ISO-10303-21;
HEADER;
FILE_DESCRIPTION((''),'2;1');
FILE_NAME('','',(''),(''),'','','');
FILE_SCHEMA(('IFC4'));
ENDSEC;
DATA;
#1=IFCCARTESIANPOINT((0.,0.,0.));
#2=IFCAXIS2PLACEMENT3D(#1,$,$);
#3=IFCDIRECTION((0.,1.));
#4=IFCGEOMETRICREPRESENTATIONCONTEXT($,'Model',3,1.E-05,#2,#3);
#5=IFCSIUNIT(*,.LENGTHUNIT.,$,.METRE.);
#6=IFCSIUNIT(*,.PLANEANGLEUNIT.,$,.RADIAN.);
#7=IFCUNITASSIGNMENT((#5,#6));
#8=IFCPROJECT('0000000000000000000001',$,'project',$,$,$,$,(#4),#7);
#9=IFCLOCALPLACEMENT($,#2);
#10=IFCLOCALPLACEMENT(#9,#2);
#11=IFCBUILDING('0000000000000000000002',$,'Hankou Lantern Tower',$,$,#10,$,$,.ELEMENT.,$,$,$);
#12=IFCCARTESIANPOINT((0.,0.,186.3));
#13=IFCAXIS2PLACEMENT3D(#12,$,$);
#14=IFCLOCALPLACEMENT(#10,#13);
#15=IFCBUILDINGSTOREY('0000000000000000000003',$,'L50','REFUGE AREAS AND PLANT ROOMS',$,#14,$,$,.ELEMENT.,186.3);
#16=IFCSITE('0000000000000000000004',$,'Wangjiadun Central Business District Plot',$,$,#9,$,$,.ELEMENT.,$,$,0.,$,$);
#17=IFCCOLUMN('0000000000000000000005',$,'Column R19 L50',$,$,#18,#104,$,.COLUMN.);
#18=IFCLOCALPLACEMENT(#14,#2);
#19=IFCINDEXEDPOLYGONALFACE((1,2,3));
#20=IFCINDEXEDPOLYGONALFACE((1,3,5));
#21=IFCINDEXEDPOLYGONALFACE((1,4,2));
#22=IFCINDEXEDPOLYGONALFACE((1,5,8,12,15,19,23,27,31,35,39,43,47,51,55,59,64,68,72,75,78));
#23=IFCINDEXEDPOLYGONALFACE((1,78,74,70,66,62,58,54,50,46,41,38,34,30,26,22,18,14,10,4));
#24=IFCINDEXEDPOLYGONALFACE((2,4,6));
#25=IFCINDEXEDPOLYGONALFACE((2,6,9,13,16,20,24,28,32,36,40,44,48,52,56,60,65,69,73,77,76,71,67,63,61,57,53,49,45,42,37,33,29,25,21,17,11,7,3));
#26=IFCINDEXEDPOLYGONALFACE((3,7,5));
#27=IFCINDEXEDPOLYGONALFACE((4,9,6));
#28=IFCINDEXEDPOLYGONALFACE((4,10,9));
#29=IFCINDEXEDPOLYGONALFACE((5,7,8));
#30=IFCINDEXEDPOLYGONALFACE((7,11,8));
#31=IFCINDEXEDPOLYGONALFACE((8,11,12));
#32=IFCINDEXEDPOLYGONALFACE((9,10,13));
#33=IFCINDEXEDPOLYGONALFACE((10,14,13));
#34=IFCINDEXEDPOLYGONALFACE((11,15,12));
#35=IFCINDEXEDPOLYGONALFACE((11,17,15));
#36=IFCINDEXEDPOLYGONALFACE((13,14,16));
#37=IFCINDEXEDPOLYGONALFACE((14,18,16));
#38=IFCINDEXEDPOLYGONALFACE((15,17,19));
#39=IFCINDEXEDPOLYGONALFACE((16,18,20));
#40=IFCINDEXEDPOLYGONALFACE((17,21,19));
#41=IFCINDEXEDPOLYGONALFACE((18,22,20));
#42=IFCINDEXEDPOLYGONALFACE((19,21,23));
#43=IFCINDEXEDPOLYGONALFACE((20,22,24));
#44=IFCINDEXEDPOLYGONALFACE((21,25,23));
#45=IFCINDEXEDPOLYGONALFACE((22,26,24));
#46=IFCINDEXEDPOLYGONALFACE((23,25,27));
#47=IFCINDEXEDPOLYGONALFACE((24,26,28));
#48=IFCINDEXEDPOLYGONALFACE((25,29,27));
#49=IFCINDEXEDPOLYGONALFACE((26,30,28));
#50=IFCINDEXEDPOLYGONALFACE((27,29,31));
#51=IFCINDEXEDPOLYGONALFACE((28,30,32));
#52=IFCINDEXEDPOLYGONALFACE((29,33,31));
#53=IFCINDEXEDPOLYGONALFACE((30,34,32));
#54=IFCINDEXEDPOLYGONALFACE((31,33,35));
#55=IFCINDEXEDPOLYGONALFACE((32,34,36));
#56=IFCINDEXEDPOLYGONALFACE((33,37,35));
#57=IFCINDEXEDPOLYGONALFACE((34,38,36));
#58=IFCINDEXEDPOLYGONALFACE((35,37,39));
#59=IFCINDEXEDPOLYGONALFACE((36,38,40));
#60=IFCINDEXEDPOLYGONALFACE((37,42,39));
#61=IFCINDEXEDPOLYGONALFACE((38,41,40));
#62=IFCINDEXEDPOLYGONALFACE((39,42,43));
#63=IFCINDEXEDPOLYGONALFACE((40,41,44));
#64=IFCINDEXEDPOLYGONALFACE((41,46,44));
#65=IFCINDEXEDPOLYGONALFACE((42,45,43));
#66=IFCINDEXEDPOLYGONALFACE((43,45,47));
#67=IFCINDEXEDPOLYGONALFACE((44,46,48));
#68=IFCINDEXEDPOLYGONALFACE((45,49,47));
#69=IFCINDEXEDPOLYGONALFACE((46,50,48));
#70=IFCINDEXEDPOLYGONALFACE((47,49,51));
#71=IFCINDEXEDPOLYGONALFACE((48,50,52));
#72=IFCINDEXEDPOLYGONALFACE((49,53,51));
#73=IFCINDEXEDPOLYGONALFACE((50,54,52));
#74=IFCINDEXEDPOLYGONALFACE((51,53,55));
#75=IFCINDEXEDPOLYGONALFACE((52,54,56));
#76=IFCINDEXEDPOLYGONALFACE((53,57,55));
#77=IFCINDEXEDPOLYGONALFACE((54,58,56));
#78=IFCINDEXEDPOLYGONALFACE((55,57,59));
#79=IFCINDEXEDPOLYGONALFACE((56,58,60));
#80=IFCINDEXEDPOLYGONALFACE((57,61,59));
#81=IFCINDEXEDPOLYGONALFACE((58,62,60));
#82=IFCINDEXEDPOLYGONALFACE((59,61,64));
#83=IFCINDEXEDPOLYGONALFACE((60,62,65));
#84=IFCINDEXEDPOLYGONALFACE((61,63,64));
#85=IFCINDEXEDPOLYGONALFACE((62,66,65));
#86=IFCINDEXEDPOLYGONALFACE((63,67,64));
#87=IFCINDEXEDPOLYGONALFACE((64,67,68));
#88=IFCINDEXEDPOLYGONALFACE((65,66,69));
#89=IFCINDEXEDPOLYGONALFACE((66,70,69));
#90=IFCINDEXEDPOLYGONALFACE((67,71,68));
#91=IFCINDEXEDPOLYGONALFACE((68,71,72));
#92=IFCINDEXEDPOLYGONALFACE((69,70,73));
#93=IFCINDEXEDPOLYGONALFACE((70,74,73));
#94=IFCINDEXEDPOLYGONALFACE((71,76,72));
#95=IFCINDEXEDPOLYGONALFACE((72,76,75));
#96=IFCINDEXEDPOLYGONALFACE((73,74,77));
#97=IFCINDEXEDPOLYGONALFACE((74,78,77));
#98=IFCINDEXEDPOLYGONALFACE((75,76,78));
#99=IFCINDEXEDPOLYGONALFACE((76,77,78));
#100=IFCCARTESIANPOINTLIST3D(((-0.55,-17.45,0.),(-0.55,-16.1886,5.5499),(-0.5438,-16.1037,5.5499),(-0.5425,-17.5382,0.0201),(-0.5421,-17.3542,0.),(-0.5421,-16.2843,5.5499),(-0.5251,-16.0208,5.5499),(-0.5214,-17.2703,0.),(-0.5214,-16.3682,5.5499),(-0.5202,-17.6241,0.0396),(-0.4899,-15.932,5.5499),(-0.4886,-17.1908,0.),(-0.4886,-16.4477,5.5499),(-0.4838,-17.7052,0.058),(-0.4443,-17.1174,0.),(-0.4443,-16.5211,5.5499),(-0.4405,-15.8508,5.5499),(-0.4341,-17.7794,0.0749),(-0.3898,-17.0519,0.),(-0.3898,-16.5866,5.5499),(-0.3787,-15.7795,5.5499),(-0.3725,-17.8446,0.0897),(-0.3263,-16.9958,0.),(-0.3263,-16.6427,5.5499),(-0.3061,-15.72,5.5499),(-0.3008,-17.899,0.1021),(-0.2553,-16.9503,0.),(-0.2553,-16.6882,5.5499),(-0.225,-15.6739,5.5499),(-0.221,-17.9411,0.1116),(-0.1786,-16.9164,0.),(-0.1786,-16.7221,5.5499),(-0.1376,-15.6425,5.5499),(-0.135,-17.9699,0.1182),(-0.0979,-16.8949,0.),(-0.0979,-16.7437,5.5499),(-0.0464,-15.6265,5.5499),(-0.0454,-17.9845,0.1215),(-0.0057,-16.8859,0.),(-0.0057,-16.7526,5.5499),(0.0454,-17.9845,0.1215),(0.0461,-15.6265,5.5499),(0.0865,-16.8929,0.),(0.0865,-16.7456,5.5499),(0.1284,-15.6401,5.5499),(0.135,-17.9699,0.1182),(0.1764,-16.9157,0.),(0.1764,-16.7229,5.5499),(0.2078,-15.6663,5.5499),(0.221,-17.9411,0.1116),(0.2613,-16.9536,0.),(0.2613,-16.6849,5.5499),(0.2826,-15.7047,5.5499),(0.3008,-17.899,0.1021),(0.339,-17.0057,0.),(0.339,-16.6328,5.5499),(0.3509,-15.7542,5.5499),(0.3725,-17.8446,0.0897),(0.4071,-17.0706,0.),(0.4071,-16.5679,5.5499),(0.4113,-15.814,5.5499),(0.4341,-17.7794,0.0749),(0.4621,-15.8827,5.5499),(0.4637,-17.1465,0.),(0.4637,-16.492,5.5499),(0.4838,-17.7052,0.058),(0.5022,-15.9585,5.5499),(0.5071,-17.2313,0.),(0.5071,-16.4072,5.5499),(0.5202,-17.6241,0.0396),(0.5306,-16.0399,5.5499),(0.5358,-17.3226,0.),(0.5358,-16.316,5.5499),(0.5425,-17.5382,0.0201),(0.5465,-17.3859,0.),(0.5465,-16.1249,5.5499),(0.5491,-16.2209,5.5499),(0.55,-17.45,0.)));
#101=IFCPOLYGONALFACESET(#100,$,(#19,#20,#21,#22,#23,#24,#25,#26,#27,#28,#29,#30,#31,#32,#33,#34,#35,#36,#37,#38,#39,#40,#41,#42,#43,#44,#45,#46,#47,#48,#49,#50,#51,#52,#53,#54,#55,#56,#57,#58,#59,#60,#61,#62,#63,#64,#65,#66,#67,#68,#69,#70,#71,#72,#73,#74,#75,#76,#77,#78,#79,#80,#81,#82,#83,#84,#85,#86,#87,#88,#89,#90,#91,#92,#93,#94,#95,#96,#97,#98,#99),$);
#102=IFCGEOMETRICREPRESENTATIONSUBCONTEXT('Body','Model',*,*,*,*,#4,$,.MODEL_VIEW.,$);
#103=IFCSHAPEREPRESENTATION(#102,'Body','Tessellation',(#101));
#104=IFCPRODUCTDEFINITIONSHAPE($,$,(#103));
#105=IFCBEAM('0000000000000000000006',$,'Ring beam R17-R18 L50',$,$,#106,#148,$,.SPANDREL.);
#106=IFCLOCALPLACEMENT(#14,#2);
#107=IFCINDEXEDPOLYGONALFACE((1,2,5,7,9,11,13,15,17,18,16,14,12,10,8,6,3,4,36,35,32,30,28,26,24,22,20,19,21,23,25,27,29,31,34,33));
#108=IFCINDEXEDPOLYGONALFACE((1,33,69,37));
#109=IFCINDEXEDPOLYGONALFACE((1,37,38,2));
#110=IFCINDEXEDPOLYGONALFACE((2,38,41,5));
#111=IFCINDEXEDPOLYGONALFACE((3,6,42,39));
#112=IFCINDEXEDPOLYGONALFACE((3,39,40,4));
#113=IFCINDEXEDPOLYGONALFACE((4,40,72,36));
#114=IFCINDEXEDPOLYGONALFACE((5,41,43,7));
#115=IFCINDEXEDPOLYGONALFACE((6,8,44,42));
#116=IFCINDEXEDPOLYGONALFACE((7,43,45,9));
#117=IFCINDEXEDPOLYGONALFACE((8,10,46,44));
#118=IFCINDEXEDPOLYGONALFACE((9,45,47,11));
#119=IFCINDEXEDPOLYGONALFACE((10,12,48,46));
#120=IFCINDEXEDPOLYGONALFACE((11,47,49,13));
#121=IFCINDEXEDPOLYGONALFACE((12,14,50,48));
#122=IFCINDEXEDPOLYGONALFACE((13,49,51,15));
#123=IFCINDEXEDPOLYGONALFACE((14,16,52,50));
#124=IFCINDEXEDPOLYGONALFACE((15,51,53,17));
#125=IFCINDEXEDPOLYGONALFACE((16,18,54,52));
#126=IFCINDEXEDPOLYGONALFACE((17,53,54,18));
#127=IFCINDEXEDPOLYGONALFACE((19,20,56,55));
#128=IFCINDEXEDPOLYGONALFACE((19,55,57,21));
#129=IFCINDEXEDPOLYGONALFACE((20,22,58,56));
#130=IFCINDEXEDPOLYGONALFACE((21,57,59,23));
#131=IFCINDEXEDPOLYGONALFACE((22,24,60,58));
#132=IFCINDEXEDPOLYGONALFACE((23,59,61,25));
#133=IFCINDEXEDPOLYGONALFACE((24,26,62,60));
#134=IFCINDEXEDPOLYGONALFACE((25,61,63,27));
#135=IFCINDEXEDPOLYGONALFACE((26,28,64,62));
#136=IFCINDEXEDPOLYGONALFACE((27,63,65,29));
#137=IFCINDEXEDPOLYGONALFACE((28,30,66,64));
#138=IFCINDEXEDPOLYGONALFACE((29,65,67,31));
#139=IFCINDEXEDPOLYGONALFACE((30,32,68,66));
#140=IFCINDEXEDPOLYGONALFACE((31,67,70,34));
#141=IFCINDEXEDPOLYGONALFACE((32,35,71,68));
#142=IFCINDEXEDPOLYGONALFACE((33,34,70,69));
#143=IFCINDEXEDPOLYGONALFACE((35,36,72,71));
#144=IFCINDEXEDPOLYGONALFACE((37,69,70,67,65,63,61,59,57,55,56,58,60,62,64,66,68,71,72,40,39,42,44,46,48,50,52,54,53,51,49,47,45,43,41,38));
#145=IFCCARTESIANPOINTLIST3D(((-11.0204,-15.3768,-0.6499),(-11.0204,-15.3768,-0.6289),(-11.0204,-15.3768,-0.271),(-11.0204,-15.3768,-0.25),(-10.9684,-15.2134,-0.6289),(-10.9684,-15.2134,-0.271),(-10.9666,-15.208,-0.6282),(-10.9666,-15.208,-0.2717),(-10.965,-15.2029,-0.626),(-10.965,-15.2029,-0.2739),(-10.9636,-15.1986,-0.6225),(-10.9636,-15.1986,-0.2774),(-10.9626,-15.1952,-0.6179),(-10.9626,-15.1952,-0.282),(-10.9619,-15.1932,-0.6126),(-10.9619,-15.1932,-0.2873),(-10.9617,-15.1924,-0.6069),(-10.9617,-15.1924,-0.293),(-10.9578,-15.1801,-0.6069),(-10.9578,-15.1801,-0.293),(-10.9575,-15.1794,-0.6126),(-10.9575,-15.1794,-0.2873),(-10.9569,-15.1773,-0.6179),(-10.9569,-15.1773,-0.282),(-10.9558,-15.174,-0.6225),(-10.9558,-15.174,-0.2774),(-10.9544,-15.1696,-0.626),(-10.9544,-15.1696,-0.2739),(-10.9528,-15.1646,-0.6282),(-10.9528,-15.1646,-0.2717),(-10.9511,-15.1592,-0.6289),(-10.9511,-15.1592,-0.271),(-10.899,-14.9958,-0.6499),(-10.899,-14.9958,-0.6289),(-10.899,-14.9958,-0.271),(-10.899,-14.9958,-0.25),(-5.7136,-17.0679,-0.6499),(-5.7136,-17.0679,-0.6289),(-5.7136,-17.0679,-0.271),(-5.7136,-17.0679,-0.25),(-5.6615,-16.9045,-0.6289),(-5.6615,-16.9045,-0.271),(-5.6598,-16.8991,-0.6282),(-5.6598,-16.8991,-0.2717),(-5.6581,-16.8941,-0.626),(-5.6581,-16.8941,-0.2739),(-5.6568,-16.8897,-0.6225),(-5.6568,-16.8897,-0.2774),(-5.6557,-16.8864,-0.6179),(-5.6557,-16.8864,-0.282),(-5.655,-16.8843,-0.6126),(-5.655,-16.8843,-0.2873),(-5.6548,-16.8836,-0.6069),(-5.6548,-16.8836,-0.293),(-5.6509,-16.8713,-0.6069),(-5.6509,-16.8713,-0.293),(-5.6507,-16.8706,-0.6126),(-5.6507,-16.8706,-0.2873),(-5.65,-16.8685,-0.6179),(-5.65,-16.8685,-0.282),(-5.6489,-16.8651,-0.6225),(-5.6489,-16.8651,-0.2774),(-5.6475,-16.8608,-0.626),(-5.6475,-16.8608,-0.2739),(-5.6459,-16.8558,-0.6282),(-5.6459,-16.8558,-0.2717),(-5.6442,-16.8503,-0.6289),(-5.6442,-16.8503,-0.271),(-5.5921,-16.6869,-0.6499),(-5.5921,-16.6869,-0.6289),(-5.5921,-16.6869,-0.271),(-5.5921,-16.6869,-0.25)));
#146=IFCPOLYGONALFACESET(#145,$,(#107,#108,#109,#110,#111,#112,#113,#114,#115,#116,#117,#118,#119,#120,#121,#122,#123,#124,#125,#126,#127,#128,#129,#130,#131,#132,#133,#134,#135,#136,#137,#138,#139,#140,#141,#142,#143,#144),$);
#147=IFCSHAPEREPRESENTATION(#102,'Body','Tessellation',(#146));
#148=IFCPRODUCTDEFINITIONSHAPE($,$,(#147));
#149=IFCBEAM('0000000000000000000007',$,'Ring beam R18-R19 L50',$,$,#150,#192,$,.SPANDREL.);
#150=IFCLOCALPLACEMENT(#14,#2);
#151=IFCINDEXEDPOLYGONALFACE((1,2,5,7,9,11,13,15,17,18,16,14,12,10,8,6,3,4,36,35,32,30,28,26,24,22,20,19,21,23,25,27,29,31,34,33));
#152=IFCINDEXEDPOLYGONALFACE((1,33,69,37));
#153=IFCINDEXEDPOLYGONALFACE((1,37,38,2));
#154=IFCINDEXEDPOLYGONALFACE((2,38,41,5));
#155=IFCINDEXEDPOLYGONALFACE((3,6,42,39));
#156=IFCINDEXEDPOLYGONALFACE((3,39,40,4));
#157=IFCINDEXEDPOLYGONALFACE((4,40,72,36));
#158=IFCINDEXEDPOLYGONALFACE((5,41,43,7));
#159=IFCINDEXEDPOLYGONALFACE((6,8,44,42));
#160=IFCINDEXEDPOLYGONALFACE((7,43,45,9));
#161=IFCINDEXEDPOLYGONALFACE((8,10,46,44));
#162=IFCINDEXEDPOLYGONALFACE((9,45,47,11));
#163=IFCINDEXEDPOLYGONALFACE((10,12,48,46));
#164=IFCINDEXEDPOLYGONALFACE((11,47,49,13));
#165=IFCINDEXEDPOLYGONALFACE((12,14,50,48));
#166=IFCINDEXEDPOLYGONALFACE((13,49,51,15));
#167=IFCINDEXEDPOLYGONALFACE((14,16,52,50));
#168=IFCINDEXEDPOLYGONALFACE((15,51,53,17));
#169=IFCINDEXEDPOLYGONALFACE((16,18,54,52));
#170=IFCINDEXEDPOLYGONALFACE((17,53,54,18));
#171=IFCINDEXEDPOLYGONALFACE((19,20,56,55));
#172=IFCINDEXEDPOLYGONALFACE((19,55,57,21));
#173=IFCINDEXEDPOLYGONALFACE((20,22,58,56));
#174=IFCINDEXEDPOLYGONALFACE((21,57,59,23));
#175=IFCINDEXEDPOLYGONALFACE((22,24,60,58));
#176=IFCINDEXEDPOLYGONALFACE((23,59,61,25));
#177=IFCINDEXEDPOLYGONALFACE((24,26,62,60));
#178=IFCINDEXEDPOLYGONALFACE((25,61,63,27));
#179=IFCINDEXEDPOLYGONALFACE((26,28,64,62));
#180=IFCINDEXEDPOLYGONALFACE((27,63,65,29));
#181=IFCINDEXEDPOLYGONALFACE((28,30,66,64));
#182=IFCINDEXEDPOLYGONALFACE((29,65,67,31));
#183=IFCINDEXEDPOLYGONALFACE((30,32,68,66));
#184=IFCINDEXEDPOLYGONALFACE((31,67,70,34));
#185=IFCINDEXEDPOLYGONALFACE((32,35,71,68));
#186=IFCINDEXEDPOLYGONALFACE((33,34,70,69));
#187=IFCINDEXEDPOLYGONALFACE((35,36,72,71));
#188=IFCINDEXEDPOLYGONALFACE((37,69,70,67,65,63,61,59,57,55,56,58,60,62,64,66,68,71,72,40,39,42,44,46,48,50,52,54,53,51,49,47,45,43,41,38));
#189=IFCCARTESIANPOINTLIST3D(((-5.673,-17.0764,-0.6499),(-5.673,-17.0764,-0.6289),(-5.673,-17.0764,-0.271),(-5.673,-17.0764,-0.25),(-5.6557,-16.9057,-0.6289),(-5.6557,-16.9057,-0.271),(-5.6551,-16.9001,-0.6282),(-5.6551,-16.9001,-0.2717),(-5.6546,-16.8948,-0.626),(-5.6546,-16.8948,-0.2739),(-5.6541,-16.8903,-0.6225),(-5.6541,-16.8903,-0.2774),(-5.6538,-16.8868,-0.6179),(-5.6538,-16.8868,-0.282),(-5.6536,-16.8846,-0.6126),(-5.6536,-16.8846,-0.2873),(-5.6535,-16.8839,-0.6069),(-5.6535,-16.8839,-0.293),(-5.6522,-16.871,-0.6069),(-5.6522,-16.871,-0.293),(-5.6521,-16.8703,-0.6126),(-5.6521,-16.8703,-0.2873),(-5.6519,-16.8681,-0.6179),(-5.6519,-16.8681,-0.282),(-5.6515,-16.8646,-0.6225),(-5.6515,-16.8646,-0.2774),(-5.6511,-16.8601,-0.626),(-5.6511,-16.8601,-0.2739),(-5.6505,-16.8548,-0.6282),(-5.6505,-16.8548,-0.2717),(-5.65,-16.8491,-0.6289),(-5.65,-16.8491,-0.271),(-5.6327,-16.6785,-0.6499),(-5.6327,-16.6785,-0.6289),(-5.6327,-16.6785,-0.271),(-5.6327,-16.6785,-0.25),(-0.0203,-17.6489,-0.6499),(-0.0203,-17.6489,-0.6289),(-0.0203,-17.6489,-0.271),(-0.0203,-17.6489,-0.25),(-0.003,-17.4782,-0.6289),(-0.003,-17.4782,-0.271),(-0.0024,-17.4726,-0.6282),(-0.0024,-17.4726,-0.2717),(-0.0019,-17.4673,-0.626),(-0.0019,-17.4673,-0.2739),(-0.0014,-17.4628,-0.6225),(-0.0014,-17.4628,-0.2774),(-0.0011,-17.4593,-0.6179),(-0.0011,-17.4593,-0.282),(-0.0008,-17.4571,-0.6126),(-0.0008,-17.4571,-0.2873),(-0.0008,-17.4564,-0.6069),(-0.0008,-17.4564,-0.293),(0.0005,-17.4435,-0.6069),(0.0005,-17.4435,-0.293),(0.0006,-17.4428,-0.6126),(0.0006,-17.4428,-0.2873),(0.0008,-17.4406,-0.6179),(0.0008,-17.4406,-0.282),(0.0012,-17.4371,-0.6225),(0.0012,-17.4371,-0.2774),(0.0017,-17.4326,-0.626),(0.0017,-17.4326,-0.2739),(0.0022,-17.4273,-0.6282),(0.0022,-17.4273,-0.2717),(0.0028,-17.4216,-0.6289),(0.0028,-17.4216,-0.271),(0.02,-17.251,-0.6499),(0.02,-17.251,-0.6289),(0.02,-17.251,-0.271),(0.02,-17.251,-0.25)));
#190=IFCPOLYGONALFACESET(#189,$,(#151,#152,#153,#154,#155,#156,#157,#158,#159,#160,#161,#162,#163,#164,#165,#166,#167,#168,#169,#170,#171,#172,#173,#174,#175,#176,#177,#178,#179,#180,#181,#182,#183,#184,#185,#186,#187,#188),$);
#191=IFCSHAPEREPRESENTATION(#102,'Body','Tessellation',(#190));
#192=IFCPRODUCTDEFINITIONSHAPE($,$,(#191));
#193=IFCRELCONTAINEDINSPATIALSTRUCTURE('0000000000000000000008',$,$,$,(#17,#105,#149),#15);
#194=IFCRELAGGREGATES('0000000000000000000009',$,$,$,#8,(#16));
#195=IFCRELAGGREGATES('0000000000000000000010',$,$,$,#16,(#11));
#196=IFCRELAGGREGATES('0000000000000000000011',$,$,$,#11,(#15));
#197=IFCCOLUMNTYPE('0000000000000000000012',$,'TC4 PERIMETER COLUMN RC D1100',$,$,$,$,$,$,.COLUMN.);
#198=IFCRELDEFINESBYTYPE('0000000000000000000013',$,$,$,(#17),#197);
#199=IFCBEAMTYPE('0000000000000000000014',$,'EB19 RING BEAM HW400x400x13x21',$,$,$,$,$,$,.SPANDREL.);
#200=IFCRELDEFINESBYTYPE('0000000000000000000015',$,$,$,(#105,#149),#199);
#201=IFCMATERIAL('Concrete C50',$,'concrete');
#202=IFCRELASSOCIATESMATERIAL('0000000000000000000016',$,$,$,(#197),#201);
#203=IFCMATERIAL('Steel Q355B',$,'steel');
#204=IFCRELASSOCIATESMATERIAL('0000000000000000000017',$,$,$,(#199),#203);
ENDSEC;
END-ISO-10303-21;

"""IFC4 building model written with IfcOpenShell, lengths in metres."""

from ifc_helpers import new_model, si_unit, direction, frame, origin, origin_2d, place, context, subcontext, project, spatial, circle, i_section, extrude, clip, halfspace, material, material_profile, profile_set, type_object, element, save


model = new_model("IFC4")

# Units and contexts
model_context = context("Model", 3, precision=1e-05, world=origin(), true_north=direction((0.0, 1.0)))
body_context = subcontext(model_context, "Body", "Model", "MODEL_VIEW")
ifc_project = project(units=[si_unit("LENGTHUNIT", "METRE"), si_unit("PLANEANGLEUNIT", "RADIAN")], contexts=[model_context])

# Site, building, storey
site_placement = place(None, origin())
site = spatial("IfcSite", under=ifc_project, at=site_placement, Name="Wangjiadun Central Business District Plot", CompositionType="ELEMENT", RefElevation=0.0)
building_placement = place(site_placement, origin())
building = spatial("IfcBuilding", under=site, at=building_placement, Name="Hankou Lantern Tower", CompositionType="ELEMENT")
storey_placement = place(building_placement, frame((0.0, 0.0, 186.3)))
storey = spatial("IfcBuildingStorey", under=building, at=storey_placement, Name="L50", Description="REFUGE AREAS AND PLANT ROOMS", CompositionType="ELEMENT", Elevation=186.3)

# Column
ifc_material_1 = material(Name="Concrete C50", Category="concrete")
ifc_material_profile_1 = material_profile(ifc_material_1, circle(Radius=0.55, at=origin_2d()), Name="RC D1100")
ifc_profile_set_1 = profile_set([ifc_material_profile_1], Name="Concrete C50")
column_type = type_object("IfcColumnType", Name="TC4 PERIMETER COLUMN RC D1100", PredefinedType="COLUMN", material=ifc_profile_set_1)
column_1_placement = place(storey_placement, frame((0.0, -17.45, 0.0), z_axis=(0.0, 0.221626, 0.975132), x_axis=(-1.0, 0.0, 0.0)))
element("IfcColumn", 1, at=column_1_placement, inside=storey, type_object=column_type, Name="Column R19 L50", PredefinedType="COLUMN", context=body_context, shape_type="Clipping", body=[
    clip(clip(extrude(circle(Radius=0.55, at=origin_2d()), origin(), (0.0, 0.0, 1.0), 6.7681), halfspace(frame((0.0, 0.0, 0.0), z_axis=(0.0, -0.221626, -0.975132), x_axis=(-1.0, 0.0, 0.0)), False)), halfspace(frame((0.0, 0.0, 5.6914), z_axis=(0.0, 0.221626, 0.975132), x_axis=(-1.0, 0.0, 0.0)), False)),
])

# Beams
ifc_material_2 = material(Name="Steel Q355B", Category="steel")
ifc_material_profile_2 = material_profile(ifc_material_2, i_section(OverallWidth=0.3999, OverallDepth=0.3999, WebThickness=0.0129, FlangeThickness=0.021, FilletRadius=0.022, at=origin_2d()), Name="HW400x400x13x21")
ifc_profile_set_2 = profile_set([ifc_material_profile_2], Name="Steel Q355B")
beam_type_1 = type_object("IfcBeamType", Name="EB19 RING BEAM HW400x400x13x21", PredefinedType="SPANDREL", material=ifc_profile_set_2)
beam_1_placement = place(storey_placement, frame((-10.9597, -15.1863, -0.45), z_axis=(0.95279, -0.303629, 0.0), x_axis=(0.303629, 0.95279, 0.0)))
element("IfcBeam", 2, at=beam_1_placement, inside=storey, type_object=beam_type_1, Name="Ring beam R17-R18 L50", PredefinedType="SPANDREL", context=body_context, shape_type="SweptSolid", body=[
    extrude(i_section(OverallWidth=0.3999, OverallDepth=0.3999, WebThickness=0.0129, FlangeThickness=0.021, FilletRadius=0.022, at=origin_2d()), origin(), (0.0, 0.0, 1.0), 5.5698),
])
for number, where, z_axis, x_axis, name in (
    (3, (-5.6528, -16.8774, -0.45), (0.99491, -0.100763, 0.0), (0.100763, 0.99491, 0.0), "Ring beam R18-R19 L50"),
):
    element("IfcBeam", number, at=place(storey_placement, frame(where, z_axis=z_axis, x_axis=x_axis)), inside=storey, type_object=beam_type_1, Name=name, PredefinedType="SPANDREL", context=body_context, shape_type="SweptSolid", body=[
        extrude(i_section(OverallWidth=0.3999, OverallDepth=0.3999, WebThickness=0.0129, FlangeThickness=0.021, FilletRadius=0.022, at=origin_2d()), origin(), (0.0, 0.0, 1.0), 5.6816),
    ])

save(model, "model.ifc")
